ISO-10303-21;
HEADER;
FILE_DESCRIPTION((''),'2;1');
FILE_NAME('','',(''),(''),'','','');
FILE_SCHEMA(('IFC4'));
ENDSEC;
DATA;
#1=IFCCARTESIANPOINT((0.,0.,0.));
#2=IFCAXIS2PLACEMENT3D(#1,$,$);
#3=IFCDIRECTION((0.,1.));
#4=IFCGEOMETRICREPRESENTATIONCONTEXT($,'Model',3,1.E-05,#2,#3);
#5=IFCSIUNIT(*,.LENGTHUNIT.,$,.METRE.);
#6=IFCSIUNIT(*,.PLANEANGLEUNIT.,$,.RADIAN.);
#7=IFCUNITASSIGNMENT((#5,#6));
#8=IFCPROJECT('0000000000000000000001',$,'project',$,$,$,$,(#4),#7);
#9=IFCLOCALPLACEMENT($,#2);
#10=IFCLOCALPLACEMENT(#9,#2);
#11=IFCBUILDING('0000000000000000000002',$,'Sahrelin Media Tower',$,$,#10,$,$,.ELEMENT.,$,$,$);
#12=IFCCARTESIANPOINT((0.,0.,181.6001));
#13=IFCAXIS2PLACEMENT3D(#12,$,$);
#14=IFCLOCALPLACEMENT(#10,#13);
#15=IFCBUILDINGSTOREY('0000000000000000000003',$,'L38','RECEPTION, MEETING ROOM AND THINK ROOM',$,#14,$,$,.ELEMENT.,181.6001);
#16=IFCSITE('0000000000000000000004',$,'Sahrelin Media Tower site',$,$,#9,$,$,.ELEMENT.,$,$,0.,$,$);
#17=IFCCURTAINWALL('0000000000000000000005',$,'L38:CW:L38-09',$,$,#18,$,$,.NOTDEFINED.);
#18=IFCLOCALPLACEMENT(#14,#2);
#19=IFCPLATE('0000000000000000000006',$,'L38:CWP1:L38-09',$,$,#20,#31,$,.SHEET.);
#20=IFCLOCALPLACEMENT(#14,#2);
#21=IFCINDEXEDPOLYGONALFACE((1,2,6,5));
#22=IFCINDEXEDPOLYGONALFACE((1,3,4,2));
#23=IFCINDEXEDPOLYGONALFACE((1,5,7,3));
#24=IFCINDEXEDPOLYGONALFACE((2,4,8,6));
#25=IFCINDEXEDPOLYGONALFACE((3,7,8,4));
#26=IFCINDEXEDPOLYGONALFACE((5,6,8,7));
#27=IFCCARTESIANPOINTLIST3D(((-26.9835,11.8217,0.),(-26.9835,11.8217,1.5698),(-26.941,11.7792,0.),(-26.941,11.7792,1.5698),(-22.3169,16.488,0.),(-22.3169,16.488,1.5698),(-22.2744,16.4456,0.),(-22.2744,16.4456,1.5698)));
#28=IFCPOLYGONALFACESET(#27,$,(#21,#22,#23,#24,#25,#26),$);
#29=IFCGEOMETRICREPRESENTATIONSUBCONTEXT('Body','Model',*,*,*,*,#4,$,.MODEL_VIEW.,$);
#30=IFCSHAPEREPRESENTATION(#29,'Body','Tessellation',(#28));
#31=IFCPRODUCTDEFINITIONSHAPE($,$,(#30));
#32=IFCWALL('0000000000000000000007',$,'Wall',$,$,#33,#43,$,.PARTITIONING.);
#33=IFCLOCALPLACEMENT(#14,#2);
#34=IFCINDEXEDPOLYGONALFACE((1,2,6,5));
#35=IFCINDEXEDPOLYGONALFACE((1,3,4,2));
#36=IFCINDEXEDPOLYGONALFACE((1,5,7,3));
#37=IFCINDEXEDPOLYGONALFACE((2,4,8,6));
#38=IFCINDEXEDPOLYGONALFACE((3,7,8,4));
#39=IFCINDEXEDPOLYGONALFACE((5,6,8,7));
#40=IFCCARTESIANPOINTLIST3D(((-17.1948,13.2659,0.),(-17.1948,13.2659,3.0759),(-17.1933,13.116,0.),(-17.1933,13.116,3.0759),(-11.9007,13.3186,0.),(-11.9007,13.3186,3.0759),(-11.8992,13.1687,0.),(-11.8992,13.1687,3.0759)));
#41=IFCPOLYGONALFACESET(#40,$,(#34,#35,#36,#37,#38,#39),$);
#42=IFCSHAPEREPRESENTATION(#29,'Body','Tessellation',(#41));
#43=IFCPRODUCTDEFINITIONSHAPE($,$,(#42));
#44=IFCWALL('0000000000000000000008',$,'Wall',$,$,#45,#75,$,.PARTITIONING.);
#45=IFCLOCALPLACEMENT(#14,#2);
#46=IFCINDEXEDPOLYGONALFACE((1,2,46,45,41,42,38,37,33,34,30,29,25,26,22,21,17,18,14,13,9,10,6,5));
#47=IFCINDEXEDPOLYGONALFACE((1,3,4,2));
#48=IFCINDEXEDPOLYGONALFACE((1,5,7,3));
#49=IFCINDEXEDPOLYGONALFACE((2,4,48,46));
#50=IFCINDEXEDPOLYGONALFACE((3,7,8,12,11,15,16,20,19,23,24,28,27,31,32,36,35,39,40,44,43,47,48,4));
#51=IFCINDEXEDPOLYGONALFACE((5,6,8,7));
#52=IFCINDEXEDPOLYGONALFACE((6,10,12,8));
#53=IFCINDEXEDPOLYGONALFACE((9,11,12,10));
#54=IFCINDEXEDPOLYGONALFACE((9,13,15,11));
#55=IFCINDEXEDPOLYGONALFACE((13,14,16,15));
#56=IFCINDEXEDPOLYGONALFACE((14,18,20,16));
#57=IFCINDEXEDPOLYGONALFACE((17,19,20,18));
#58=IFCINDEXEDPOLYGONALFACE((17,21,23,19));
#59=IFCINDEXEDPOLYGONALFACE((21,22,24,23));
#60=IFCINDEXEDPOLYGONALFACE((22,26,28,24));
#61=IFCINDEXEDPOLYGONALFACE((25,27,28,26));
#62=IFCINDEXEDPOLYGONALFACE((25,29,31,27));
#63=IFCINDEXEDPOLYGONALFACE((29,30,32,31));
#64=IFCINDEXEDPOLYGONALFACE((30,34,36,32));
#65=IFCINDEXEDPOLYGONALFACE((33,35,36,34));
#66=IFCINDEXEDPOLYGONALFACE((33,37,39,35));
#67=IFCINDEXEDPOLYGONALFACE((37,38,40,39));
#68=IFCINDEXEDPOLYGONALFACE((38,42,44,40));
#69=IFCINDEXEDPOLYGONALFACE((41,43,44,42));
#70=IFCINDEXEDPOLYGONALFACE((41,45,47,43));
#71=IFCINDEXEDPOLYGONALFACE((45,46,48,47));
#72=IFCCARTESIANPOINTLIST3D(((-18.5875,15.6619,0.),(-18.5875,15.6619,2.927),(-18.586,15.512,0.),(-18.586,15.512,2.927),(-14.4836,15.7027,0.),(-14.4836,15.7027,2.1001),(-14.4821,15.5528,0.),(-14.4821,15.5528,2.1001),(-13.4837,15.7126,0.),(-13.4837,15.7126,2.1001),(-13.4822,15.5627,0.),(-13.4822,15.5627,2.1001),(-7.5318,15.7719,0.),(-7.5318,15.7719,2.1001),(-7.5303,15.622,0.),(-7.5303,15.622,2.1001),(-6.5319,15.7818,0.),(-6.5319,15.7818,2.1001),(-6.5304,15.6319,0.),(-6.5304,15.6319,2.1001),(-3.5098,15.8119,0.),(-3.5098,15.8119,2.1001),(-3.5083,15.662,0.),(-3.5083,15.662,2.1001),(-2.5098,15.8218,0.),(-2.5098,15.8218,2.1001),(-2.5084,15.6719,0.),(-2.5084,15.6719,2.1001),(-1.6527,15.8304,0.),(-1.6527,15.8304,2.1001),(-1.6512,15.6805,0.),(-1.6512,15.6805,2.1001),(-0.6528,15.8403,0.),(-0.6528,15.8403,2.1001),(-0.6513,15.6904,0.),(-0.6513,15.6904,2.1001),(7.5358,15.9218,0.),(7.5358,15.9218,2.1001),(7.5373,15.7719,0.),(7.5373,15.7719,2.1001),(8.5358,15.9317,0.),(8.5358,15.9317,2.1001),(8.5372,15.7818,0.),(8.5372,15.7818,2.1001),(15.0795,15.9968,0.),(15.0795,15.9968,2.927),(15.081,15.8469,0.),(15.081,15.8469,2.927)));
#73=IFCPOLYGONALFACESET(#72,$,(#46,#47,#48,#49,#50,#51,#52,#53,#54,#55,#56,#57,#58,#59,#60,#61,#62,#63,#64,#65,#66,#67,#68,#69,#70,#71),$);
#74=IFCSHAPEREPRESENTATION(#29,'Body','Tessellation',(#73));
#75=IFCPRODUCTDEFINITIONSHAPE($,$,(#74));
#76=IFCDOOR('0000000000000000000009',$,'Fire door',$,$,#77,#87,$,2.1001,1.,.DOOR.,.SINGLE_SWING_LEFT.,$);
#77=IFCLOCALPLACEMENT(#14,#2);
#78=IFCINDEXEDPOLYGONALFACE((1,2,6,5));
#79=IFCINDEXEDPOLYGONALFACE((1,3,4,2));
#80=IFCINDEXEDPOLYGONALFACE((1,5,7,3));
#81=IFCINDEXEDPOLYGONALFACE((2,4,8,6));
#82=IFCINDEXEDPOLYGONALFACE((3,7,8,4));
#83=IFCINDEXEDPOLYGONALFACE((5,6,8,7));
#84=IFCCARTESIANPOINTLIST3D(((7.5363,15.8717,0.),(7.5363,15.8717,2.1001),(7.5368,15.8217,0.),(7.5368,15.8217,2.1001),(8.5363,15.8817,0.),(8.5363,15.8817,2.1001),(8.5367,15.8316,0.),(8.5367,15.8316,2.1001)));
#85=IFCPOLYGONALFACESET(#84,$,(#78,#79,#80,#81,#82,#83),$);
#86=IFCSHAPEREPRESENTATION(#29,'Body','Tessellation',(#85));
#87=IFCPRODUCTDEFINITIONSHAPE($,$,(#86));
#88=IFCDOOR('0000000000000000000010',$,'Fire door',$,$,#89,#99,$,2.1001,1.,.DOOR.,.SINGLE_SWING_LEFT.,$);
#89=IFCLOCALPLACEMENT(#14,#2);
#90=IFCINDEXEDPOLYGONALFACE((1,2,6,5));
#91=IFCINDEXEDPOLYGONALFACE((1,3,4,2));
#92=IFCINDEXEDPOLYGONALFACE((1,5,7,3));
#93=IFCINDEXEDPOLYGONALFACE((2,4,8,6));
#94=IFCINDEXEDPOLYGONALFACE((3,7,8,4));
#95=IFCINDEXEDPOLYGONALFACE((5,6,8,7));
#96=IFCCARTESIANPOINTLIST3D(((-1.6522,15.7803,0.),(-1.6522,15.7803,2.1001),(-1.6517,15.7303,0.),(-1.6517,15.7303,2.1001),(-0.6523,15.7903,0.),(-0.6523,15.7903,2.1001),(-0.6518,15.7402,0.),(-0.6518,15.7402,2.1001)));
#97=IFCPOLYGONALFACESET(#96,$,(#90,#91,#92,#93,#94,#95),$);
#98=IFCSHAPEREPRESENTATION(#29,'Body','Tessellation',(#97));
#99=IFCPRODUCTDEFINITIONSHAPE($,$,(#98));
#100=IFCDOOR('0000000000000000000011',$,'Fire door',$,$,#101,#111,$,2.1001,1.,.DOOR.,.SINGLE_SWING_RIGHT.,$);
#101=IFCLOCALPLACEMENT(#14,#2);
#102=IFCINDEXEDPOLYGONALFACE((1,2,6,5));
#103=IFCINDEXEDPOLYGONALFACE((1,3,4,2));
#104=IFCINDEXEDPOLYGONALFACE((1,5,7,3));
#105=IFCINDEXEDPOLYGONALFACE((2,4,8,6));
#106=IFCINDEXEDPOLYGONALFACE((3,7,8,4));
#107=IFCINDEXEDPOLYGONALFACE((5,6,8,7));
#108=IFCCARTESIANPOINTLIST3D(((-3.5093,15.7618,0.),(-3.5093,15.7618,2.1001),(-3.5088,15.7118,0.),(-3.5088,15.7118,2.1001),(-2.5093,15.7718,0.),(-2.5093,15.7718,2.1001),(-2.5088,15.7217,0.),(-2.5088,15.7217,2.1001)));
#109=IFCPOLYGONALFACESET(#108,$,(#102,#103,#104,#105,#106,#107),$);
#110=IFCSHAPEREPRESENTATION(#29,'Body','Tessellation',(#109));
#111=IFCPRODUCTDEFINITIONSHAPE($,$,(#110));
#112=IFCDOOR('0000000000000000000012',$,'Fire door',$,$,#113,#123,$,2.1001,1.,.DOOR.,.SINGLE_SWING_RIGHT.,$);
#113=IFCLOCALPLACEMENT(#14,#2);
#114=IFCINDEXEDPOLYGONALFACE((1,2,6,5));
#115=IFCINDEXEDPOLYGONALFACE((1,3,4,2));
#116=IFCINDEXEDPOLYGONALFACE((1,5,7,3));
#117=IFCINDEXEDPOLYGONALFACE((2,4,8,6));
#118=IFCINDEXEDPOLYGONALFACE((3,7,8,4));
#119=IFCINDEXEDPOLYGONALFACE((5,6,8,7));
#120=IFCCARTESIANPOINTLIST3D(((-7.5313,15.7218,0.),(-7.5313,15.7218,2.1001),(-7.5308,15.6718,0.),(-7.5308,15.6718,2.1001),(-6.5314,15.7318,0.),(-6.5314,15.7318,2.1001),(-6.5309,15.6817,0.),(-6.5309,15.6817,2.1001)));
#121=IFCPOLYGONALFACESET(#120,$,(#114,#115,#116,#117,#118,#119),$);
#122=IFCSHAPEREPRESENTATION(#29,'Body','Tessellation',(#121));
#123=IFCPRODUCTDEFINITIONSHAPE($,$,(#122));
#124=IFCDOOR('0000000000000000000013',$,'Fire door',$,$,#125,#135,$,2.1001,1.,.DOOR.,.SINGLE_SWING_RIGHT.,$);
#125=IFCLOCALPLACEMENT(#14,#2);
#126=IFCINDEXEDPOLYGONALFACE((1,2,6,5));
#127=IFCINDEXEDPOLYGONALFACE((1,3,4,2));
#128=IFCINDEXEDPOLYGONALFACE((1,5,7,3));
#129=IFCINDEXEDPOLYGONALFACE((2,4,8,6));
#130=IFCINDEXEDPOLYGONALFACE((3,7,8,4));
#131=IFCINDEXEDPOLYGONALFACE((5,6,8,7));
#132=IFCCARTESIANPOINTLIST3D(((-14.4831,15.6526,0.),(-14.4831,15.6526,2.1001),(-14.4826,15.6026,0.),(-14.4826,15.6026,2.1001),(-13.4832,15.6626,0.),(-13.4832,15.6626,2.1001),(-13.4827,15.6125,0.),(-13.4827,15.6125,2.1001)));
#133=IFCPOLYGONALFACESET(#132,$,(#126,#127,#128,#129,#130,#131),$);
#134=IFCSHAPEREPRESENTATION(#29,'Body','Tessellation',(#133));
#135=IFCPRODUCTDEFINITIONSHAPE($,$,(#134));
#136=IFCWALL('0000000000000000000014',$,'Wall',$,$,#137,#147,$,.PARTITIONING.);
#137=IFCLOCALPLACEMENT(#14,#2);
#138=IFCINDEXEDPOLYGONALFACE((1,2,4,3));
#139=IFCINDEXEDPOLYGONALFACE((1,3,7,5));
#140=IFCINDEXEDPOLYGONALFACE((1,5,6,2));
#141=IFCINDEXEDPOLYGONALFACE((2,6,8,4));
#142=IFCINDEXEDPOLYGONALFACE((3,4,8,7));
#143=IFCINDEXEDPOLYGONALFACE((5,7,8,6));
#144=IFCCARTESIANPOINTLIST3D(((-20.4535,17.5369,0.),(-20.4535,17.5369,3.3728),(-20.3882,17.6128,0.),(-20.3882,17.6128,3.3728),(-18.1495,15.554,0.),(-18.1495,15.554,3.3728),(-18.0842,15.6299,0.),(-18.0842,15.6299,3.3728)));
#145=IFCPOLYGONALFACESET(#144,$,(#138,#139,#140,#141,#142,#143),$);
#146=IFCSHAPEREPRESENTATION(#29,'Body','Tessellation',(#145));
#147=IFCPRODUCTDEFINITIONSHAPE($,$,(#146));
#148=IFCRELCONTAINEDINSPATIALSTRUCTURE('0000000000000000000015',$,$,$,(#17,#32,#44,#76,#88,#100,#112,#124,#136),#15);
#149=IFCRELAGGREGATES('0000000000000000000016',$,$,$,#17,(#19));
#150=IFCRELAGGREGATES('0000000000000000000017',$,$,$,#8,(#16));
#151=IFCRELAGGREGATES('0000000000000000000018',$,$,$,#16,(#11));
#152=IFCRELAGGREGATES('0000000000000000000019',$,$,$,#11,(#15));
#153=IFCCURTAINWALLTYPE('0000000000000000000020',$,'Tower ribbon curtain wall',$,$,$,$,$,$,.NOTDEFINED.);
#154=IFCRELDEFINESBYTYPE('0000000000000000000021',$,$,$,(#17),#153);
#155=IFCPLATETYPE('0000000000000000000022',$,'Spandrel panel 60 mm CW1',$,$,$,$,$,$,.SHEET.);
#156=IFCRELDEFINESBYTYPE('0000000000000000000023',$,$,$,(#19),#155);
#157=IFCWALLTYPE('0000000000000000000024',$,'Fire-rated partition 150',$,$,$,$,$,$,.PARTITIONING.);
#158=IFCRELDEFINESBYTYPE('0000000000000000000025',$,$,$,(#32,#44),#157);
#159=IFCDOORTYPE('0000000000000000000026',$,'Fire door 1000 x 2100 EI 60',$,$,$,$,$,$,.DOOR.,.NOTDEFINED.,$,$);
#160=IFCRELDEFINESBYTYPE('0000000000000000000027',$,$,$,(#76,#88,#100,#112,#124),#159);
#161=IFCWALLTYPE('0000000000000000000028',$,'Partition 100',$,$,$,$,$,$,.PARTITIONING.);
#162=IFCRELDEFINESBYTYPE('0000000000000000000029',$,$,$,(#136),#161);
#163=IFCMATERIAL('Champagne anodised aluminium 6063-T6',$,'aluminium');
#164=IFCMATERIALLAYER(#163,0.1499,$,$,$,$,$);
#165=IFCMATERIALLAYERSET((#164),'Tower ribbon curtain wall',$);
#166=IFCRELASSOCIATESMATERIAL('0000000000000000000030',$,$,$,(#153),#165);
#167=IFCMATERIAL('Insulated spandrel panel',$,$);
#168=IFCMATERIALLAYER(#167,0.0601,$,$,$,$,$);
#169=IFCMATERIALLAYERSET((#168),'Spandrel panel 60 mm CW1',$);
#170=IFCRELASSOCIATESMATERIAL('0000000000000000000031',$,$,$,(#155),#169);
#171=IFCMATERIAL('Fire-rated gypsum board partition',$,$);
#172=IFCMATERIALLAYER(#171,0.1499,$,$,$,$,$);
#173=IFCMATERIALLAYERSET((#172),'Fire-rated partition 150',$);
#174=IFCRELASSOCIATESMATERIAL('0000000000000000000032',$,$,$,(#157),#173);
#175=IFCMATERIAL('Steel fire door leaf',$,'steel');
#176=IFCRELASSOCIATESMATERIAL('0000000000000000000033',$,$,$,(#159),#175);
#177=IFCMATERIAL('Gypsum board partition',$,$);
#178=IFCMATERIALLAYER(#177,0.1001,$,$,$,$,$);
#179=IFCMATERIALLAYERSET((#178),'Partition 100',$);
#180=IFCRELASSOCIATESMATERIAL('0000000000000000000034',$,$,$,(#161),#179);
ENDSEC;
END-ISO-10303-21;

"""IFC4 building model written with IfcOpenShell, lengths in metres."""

from ifc_helpers import new_model, si_unit, direction, frame, frame_2d, origin, place, context, subcontext, project, spatial, polyline, rectangle, outline, extrude, material, layer, layer_set, type_object, element, fill, aggregate, save


model = new_model("IFC4")

# Units and contexts
model_context = context("Model", 3, precision=1e-05, world=origin(), true_north=direction((0.0, 1.0)))
body_context = subcontext(model_context, "Body", "Model", "MODEL_VIEW")
ifc_project = project(units=[si_unit("LENGTHUNIT", "METRE"), si_unit("PLANEANGLEUNIT", "RADIAN")], contexts=[model_context])

# Site, building, storey
site_placement = place(None, origin())
site = spatial("IfcSite", under=ifc_project, at=site_placement, Name="Sahrelin Media Tower site", CompositionType="ELEMENT", RefElevation=0.0)
building_placement = place(site_placement, origin())
building = spatial("IfcBuilding", under=site, at=building_placement, Name="Sahrelin Media Tower", CompositionType="ELEMENT")
storey_placement = place(building_placement, frame((0.0, 0.0, 181.6001)))
storey = spatial("IfcBuildingStorey", under=building, at=storey_placement, Name="L38", Description="RECEPTION, MEETING ROOM AND THINK ROOM", CompositionType="ELEMENT", Elevation=181.6001)

# Curtain wall
ifc_material_1 = material(Name="Champagne anodised aluminium 6063-T6", Category="aluminium")
ifc_layer_1 = layer(ifc_material_1, 0.1499)
ifc_layer_set_1 = layer_set([ifc_layer_1], Name="Tower ribbon curtain wall")
curtain_wall_type = type_object("IfcCurtainWallType", Name="Tower ribbon curtain wall", PredefinedType="NOTDEFINED", material=ifc_layer_set_1)
curtain_wall_1_placement = place(storey_placement, frame((-24.636, 14.1406, 0.0), z_axis=(0.0, 0.0, 1.0), x_axis=(1.0, 0.0, 0.0)))
curtain_wall_1 = element("IfcCurtainWall", 1, at=curtain_wall_1_placement, inside=storey, type_object=curtain_wall_type, Name="L38:CW:L38-09", PredefinedType="NOTDEFINED")

# Plate
ifc_material_2 = material(Name="Insulated spandrel panel")
ifc_layer_2 = layer(ifc_material_2, 0.0601)
ifc_layer_set_2 = layer_set([ifc_layer_2], Name="Spandrel panel 60 mm CW1")
plate_type_1 = type_object("IfcPlateType", Name="Spandrel panel 60 mm CW1", PredefinedType="SHEET", material=ifc_layer_set_2)
plate_1_placement = place(storey_placement, frame((-22.3169, 16.488, 0.0), z_axis=(-0.707088, 0.707125, 0.0), x_axis=(-0.707125, -0.707088, 0.0)))
plate_1 = element("IfcPlate", 2, at=plate_1_placement, type_object=plate_type_1, Name="L38:CWP1:L38-09", PredefinedType="SHEET", context=body_context, shape_type="SweptSolid", body=[
    extrude(outline(polyline([(0.0, 0.0), (6.5994, 0.0), (6.5994, 1.5698), (0.0, 1.5698), (0.0, 0.0)])), origin(), (0.0, 0.0, -1.0), 0.0601),
])
aggregate(curtain_wall_1, [plate_1])

# Wall
ifc_material_3 = material(Name="Fire-rated gypsum board partition")
ifc_layer_3 = layer(ifc_material_3, 0.1499)
ifc_layer_set_3 = layer_set([ifc_layer_3], Name="Fire-rated partition 150")
wall_type_1 = type_object("IfcWallType", Name="Fire-rated partition 150", PredefinedType="PARTITIONING", material=ifc_layer_set_3)
wall_1_placement = place(storey_placement, frame((-17.1941, 13.1909, 0.0), z_axis=(0.0, 0.0, 1.0), x_axis=(0.99995, 0.00996, 0.0)))
element("IfcWall", 3, at=wall_1_placement, inside=storey, type_object=wall_type_1, Name="Wall", PredefinedType="PARTITIONING", context=body_context, shape_type="SweptSolid", body=[
    extrude(rectangle(XDim=5.2944, YDim=0.1499, at=frame_2d((2.6472, 0.0))), origin(), (0.0, 0.0, 1.0), 3.0759),
])

# Wall, openings, doors
wall_2_placement = place(storey_placement, frame((-18.5869, 15.5869, 0.0), z_axis=(0.0, 0.0, 1.0), x_axis=(0.999951, 0.009949, 0.0)))
wall_2 = element("IfcWall", 4, at=wall_2_placement, inside=storey, type_object=wall_type_1, Name="Wall", PredefinedType="PARTITIONING", context=body_context, shape_type="SweptSolid", body=[
    extrude(rectangle(XDim=33.6687, YDim=0.1499, at=frame_2d((16.8345, 0.0))), origin(), (0.0, 0.0, 1.0), 2.927),
])
opening_1_placement = place(wall_2_placement, frame((26.1248, 0.0, 0.0)))
opening_1 = element("IfcOpeningElement", 5, at=opening_1_placement, cuts=wall_2, PredefinedType="OPENING", context=body_context, shape_type="SweptSolid", body=[
    extrude(rectangle(XDim=1.0, YDim=2.1001, at=frame_2d((0.5, 1.05))), frame((0.0, 0.075, 0.0), z_axis=(0.0, -1.0, 0.0), x_axis=(1.0, 0.0, 0.0)), (0.0, 0.0, 1.0), 0.1499),
])
opening_2_placement = place(wall_2_placement, frame((16.9358, 0.0, 0.0)))
opening_2 = element("IfcOpeningElement", 6, at=opening_2_placement, cuts=wall_2, PredefinedType="OPENING", context=body_context, shape_type="SweptSolid", body=[
    extrude(rectangle(XDim=1.0, YDim=2.1001, at=frame_2d((0.5, 1.05))), frame((0.0, 0.075, 0.0), z_axis=(0.0, -1.0, 0.0), x_axis=(1.0, 0.0, 0.0)), (0.0, 0.0, 1.0), 0.1499),
])
opening_3_placement = place(wall_2_placement, frame((15.0786, 0.0, 0.0)))
opening_3 = element("IfcOpeningElement", 7, at=opening_3_placement, cuts=wall_2, PredefinedType="OPENING", context=body_context, shape_type="SweptSolid", body=[
    extrude(rectangle(XDim=1.0, YDim=2.1001, at=frame_2d((0.5, 1.05))), frame((0.0, 0.075, 0.0), z_axis=(0.0, -1.0, 0.0), x_axis=(1.0, 0.0, 0.0)), (0.0, 0.0, 1.0), 0.1499),
])
opening_4_placement = place(wall_2_placement, frame((11.0564, 0.0, 0.0)))
opening_4 = element("IfcOpeningElement", 8, at=opening_4_placement, cuts=wall_2, PredefinedType="OPENING", context=body_context, shape_type="SweptSolid", body=[
    extrude(rectangle(XDim=1.0, YDim=2.1001, at=frame_2d((0.5, 1.05))), frame((0.0, 0.075, 0.0), z_axis=(0.0, -1.0, 0.0), x_axis=(1.0, 0.0, 0.0)), (0.0, 0.0, 1.0), 0.1499),
])
opening_5_placement = place(wall_2_placement, frame((4.1042, 0.0, 0.0)))
opening_5 = element("IfcOpeningElement", 9, at=opening_5_placement, cuts=wall_2, PredefinedType="OPENING", context=body_context, shape_type="SweptSolid", body=[
    extrude(rectangle(XDim=1.0, YDim=2.1001, at=frame_2d((0.5, 1.05))), frame((0.0, 0.075, 0.0), z_axis=(0.0, -1.0, 0.0), x_axis=(1.0, 0.0, 0.0)), (0.0, 0.0, 1.0), 0.1499),
])
ifc_material_4 = material(Name="Steel fire door leaf", Category="steel")
door_type_1 = type_object("IfcDoorType", Name="Fire door 1000 x 2100 EI 60", OperationType="NOTDEFINED", PredefinedType="DOOR", material=ifc_material_4)
door_1_placement = place(opening_1_placement, origin())
door_1 = element("IfcDoor", 10, at=door_1_placement, inside=storey, type_object=door_type_1, Name="Fire door", OperationType="SINGLE_SWING_LEFT", OverallHeight=2.1001, OverallWidth=1.0, PredefinedType="DOOR", context=body_context, shape_type="SweptSolid", body=[
    extrude(rectangle(XDim=1.0, YDim=2.1001, at=frame_2d((0.5, 1.05))), frame((0.0, 0.0249, 0.0), z_axis=(0.0, -1.0, 0.0), x_axis=(1.0, 0.0, 0.0)), (0.0, 0.0, 1.0), 0.05),
])
fill(opening_1, door_1)
door_2_placement = place(opening_2_placement, origin())
door_2 = element("IfcDoor", 11, at=door_2_placement, inside=storey, type_object=door_type_1, Name="Fire door", OperationType="SINGLE_SWING_LEFT", OverallHeight=2.1001, OverallWidth=1.0, PredefinedType="DOOR", context=body_context, shape_type="SweptSolid", body=[
    extrude(rectangle(XDim=1.0, YDim=2.1001, at=frame_2d((0.5, 1.05))), frame((0.0, 0.0249, 0.0), z_axis=(0.0, -1.0, 0.0), x_axis=(1.0, 0.0, 0.0)), (0.0, 0.0, 1.0), 0.05),
])
fill(opening_2, door_2)
door_3_placement = place(opening_3_placement, origin())
door_3 = element("IfcDoor", 12, at=door_3_placement, inside=storey, type_object=door_type_1, Name="Fire door", OperationType="SINGLE_SWING_RIGHT", OverallHeight=2.1001, OverallWidth=1.0, PredefinedType="DOOR", context=body_context, shape_type="SweptSolid", body=[
    extrude(rectangle(XDim=1.0, YDim=2.1001, at=frame_2d((0.5, 1.05))), frame((0.0, 0.0249, 0.0), z_axis=(0.0, -1.0, 0.0), x_axis=(1.0, 0.0, 0.0)), (0.0, 0.0, 1.0), 0.05),
])
fill(opening_3, door_3)
door_4_placement = place(opening_4_placement, origin())
door_4 = element("IfcDoor", 13, at=door_4_placement, inside=storey, type_object=door_type_1, Name="Fire door", OperationType="SINGLE_SWING_RIGHT", OverallHeight=2.1001, OverallWidth=1.0, PredefinedType="DOOR", context=body_context, shape_type="SweptSolid", body=[
    extrude(rectangle(XDim=1.0, YDim=2.1001, at=frame_2d((0.5, 1.05))), frame((0.0, 0.0249, 0.0), z_axis=(0.0, -1.0, 0.0), x_axis=(1.0, 0.0, 0.0)), (0.0, 0.0, 1.0), 0.05),
])
fill(opening_4, door_4)
door_5_placement = place(opening_5_placement, origin())
door_5 = element("IfcDoor", 14, at=door_5_placement, inside=storey, type_object=door_type_1, Name="Fire door", OperationType="SINGLE_SWING_RIGHT", OverallHeight=2.1001, OverallWidth=1.0, PredefinedType="DOOR", context=body_context, shape_type="SweptSolid", body=[
    extrude(rectangle(XDim=1.0, YDim=2.1001, at=frame_2d((0.5, 1.05))), frame((0.0, 0.0249, 0.0), z_axis=(0.0, -1.0, 0.0), x_axis=(1.0, 0.0, 0.0)), (0.0, 0.0, 1.0), 0.05),
])
fill(opening_5, door_5)

# Wall
ifc_material_5 = material(Name="Gypsum board partition")
ifc_layer_4 = layer(ifc_material_5, 0.1001)
ifc_layer_set_4 = layer_set([ifc_layer_4], Name="Partition 100")
wall_type_2 = type_object("IfcWallType", Name="Partition 100", PredefinedType="PARTITIONING", material=ifc_layer_set_4)
wall_3_placement = place(storey_placement, frame((-20.4209, 17.575, 0.0), z_axis=(0.0, 0.0, 1.0), x_axis=(0.75794, -0.652325, 0.0)))
element("IfcWall", 15, at=wall_3_placement, inside=storey, type_object=wall_type_2, Name="Wall", PredefinedType="PARTITIONING", context=body_context, shape_type="SweptSolid", body=[
    extrude(rectangle(XDim=3.0398, YDim=0.1001, at=frame_2d((1.52, 0.0))), origin(), (0.0, 0.0, 1.0), 3.3728),
])

save(model, "model.ifc")
